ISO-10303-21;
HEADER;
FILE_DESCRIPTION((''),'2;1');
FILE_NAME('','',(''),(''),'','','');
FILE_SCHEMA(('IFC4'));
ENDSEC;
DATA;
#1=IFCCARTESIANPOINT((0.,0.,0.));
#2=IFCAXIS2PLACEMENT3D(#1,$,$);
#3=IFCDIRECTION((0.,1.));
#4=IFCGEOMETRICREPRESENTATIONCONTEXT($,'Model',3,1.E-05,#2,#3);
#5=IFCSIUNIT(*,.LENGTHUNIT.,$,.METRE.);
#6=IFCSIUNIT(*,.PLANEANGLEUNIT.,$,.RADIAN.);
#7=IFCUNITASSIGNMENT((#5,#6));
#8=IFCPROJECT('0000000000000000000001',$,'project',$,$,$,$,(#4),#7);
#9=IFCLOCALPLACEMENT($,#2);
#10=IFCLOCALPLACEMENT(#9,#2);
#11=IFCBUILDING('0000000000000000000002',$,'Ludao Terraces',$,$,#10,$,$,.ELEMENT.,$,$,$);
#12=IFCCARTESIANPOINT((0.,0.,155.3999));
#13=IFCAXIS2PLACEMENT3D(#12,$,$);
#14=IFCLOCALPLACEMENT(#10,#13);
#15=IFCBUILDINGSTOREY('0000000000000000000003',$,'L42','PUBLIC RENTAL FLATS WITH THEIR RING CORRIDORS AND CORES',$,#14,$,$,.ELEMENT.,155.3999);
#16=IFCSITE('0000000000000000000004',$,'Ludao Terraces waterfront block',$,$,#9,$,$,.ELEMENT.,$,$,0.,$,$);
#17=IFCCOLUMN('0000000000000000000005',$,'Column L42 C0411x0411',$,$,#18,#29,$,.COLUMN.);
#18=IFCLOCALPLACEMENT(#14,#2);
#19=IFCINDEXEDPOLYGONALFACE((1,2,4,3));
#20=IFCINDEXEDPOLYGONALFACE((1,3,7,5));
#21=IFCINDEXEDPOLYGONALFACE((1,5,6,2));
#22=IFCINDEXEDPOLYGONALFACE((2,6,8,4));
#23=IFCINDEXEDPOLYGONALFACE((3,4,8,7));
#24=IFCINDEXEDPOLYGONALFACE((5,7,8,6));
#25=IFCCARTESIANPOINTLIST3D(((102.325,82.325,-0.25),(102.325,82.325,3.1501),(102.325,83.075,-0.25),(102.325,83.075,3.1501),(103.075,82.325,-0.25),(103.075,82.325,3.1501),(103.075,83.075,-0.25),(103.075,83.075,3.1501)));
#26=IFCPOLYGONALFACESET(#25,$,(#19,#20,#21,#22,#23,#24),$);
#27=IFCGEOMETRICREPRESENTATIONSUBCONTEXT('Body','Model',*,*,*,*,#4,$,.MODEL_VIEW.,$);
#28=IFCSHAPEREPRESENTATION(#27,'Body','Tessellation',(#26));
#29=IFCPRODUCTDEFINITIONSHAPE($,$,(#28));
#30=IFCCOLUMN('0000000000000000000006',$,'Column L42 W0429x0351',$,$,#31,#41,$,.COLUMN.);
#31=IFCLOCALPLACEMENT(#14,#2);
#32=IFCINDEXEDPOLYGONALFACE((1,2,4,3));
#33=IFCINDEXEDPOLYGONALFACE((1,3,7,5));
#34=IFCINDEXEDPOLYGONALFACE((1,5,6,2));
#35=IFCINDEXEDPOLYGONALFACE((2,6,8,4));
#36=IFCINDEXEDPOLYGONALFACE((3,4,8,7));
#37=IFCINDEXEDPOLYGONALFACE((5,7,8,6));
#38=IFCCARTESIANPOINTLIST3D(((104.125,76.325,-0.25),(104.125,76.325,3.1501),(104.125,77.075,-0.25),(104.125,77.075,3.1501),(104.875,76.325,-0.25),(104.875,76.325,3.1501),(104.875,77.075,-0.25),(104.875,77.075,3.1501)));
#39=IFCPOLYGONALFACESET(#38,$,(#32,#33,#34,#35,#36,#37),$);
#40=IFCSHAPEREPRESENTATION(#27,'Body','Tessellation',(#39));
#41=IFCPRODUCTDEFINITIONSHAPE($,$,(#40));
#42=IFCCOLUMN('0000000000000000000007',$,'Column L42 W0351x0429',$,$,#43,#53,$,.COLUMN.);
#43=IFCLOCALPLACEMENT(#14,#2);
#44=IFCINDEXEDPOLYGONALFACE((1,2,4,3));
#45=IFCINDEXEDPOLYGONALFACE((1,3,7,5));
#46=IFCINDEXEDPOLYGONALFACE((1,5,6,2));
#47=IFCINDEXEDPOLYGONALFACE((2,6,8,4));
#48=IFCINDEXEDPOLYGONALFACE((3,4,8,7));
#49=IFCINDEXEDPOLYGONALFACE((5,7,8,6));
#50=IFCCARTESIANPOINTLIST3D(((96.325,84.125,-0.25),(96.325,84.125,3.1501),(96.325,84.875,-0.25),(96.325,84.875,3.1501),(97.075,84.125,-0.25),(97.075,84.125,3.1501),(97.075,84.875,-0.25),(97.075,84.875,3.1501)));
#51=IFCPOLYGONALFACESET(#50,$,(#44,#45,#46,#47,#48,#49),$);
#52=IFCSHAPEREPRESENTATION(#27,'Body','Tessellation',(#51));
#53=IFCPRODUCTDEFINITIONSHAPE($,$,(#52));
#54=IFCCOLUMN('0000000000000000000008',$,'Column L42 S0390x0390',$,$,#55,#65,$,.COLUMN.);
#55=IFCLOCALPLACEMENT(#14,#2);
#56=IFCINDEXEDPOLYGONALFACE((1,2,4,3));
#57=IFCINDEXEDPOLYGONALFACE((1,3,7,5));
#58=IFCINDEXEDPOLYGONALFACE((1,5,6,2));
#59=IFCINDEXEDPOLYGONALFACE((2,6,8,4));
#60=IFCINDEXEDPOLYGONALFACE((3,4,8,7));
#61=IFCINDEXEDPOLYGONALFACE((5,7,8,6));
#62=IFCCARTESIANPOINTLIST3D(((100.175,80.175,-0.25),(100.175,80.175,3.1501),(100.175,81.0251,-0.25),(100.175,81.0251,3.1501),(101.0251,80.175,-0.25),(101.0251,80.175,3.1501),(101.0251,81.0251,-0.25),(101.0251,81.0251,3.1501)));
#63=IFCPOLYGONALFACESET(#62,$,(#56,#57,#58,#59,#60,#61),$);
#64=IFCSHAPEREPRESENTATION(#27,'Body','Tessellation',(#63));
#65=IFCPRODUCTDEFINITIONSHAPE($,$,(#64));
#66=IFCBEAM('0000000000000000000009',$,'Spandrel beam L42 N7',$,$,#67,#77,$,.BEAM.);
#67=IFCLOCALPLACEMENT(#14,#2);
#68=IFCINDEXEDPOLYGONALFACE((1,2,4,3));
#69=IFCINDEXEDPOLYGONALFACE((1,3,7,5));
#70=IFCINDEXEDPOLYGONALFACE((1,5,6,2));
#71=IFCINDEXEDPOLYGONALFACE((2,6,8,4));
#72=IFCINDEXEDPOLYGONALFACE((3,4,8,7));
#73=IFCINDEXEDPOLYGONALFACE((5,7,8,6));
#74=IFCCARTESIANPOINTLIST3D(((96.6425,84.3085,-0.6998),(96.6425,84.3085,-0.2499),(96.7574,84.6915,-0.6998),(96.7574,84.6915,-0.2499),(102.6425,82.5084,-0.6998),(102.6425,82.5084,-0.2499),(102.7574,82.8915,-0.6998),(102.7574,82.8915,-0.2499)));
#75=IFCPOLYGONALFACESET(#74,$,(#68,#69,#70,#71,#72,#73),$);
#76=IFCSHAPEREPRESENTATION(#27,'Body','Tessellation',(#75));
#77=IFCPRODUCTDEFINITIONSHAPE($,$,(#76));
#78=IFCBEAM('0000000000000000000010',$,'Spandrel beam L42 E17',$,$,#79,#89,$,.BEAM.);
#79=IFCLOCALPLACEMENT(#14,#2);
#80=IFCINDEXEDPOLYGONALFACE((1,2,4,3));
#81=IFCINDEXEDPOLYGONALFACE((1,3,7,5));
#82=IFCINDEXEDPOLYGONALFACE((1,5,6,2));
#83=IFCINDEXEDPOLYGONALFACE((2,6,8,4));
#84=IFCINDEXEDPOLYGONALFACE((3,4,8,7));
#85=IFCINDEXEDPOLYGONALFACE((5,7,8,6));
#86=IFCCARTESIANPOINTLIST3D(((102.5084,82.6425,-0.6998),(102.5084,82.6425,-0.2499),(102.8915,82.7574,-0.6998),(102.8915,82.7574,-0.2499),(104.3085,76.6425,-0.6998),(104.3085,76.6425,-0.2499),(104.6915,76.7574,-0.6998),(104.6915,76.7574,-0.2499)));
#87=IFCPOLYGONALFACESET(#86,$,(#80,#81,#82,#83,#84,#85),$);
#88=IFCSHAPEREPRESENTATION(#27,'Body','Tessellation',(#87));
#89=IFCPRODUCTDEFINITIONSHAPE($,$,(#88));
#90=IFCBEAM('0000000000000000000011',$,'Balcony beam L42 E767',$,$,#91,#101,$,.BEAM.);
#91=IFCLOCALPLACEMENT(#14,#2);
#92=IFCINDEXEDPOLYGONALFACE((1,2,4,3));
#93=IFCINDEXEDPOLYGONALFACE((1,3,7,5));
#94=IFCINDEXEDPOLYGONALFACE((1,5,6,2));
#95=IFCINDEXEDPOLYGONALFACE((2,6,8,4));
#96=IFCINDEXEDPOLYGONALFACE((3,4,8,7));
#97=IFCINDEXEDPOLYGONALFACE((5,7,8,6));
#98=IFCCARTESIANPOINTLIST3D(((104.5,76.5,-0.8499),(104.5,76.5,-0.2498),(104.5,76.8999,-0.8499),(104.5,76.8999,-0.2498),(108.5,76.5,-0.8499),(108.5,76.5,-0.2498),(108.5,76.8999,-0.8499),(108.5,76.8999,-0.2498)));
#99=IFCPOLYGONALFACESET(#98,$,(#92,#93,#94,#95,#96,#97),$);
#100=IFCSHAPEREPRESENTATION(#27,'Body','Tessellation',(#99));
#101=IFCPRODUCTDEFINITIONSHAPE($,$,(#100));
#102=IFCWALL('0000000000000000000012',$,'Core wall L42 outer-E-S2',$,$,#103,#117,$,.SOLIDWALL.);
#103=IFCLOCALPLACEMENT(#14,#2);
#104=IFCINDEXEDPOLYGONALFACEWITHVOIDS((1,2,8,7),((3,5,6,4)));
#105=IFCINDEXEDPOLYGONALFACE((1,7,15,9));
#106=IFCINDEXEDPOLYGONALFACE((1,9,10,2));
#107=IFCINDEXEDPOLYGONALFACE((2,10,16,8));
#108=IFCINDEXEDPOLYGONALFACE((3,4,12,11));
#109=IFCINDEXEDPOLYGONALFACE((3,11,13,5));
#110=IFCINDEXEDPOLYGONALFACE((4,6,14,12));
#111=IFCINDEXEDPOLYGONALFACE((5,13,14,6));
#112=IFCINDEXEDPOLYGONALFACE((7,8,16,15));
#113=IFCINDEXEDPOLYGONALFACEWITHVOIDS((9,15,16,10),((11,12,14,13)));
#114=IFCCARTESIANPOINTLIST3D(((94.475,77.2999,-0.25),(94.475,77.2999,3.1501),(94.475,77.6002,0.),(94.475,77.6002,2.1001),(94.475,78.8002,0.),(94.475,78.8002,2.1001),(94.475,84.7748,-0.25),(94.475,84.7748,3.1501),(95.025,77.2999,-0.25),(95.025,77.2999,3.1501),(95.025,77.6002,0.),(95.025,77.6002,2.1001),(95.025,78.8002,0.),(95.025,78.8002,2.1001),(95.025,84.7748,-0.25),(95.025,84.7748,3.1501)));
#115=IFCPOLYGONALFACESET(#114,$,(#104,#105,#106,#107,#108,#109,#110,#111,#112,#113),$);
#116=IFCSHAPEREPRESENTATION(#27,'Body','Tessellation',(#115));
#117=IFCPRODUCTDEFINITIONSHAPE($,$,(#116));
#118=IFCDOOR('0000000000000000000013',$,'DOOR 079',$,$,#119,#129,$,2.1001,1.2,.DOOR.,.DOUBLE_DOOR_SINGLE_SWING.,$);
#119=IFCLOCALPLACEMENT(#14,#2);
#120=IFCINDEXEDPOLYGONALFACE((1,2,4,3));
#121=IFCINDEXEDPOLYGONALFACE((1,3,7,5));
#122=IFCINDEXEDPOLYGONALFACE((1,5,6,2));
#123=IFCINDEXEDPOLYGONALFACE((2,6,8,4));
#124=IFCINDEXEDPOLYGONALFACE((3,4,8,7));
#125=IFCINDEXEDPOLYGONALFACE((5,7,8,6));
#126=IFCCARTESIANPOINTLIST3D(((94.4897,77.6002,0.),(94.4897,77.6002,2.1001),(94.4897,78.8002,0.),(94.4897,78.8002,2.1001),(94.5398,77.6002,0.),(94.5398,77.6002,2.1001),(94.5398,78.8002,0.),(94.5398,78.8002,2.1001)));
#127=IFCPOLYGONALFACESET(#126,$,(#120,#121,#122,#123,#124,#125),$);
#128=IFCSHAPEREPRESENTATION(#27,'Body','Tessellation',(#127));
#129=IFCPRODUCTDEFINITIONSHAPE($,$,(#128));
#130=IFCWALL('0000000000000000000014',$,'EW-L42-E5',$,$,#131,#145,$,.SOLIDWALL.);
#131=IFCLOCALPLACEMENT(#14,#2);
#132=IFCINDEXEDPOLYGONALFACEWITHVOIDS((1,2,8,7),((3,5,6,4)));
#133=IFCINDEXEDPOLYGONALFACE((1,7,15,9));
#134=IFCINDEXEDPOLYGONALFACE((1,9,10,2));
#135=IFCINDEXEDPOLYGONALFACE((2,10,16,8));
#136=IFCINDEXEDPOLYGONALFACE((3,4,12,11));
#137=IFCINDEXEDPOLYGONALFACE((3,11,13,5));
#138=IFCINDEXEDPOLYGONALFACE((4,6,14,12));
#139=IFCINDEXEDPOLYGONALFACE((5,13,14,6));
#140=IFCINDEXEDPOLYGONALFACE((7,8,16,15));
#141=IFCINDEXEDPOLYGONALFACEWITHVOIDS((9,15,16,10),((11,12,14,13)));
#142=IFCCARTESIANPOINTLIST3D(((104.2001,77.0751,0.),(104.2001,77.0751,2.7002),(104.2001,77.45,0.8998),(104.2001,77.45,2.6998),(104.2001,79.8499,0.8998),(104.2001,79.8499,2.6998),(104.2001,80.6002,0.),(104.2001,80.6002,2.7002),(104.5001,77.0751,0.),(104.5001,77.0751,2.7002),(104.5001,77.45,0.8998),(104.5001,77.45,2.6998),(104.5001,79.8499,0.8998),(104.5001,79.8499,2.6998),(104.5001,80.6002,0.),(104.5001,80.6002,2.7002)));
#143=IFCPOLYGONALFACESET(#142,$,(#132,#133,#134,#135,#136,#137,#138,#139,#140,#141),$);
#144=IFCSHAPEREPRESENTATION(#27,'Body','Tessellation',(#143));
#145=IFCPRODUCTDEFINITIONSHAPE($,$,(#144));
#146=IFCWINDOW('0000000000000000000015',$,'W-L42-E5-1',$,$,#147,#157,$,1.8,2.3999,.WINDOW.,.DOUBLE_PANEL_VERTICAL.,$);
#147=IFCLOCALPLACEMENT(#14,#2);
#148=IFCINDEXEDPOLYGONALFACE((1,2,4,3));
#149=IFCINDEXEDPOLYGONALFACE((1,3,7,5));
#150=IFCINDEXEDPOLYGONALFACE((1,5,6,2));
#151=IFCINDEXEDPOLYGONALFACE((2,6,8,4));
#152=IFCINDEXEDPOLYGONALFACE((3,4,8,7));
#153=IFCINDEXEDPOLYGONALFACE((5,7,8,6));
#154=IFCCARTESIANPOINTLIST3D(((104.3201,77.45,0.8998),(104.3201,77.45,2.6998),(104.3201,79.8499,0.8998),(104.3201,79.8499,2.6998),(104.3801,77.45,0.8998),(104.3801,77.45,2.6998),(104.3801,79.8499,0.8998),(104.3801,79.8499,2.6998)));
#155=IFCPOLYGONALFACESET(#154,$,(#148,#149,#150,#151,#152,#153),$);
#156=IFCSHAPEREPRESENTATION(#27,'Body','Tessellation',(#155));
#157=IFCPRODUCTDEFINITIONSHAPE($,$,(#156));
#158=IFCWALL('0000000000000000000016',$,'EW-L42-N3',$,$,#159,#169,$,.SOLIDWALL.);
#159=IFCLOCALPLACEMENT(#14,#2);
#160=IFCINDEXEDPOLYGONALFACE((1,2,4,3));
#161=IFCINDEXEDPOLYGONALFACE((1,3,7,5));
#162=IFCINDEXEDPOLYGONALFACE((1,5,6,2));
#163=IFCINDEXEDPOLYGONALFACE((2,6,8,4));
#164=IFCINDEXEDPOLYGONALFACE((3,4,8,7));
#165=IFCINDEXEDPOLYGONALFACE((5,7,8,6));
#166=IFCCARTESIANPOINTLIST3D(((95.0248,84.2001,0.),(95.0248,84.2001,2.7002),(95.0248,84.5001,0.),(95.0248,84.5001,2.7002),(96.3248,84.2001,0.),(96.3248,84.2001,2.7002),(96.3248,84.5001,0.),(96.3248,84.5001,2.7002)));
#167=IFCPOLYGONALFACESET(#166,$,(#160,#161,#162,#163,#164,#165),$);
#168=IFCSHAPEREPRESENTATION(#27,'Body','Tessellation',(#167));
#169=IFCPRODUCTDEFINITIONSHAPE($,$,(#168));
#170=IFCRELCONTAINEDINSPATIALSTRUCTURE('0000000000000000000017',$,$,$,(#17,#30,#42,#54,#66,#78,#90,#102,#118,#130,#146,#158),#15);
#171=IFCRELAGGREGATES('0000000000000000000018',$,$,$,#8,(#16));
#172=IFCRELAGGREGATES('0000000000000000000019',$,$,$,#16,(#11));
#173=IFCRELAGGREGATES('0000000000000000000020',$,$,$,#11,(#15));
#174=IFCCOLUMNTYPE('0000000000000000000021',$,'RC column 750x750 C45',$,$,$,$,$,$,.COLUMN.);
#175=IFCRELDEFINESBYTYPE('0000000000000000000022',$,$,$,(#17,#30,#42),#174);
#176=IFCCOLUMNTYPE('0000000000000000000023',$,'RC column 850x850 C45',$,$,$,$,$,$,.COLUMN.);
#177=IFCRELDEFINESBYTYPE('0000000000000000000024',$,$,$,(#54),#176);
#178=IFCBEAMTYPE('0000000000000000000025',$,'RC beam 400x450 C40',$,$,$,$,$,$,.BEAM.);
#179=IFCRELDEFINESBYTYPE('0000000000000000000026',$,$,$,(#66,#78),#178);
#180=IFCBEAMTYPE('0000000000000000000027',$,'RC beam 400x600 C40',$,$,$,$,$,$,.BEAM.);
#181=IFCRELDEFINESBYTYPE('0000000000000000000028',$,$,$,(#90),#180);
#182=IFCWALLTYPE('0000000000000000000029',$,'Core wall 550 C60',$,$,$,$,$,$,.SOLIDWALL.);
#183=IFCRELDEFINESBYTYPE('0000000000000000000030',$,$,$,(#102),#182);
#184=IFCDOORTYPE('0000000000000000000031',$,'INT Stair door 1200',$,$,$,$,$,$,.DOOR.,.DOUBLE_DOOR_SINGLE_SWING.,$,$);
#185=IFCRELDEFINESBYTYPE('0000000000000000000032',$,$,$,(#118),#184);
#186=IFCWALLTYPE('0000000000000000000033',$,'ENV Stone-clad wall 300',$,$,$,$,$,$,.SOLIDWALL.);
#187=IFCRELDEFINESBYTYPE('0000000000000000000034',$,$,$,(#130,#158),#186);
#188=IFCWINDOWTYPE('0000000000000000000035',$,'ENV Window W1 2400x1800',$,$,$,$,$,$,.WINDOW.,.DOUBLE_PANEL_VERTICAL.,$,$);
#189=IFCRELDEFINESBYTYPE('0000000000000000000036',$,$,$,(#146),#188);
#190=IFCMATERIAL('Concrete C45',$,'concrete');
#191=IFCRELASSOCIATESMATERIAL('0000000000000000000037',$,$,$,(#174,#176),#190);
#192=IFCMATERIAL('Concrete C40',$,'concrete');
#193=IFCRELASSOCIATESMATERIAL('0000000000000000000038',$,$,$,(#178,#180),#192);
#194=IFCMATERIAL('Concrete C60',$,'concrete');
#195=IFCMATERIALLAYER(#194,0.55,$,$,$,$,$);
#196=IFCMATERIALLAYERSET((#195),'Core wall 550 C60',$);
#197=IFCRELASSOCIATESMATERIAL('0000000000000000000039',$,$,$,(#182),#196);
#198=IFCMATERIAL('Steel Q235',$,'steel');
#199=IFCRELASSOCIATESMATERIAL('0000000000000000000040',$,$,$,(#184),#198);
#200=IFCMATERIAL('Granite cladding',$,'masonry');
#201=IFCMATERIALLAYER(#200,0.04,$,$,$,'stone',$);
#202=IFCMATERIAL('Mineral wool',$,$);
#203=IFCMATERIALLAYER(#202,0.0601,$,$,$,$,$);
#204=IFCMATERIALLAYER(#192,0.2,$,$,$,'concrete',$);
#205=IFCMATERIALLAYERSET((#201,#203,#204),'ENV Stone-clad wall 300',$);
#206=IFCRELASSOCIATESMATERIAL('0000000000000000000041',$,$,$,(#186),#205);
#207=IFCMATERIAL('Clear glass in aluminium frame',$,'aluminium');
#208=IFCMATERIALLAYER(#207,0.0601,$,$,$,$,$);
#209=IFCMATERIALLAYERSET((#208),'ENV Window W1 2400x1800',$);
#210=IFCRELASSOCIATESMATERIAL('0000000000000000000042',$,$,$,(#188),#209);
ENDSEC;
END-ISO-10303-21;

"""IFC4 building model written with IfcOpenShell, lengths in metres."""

from ifc_helpers import new_model, si_unit, direction, frame, frame_2d, origin, origin_2d, place, context, subcontext, project, spatial, rectangle, extrude, material, layer, layer_set, material_profile, profile_set, type_object, element, fill, save


model = new_model("IFC4")

# Units and contexts
model_context = context("Model", 3, precision=1e-05, world=origin(), true_north=direction((0.0, 1.0)))
body_context = subcontext(model_context, "Body", "Model", "MODEL_VIEW")
ifc_project = project(units=[si_unit("LENGTHUNIT", "METRE"), si_unit("PLANEANGLEUNIT", "RADIAN")], contexts=[model_context])

# Site, building, storey
site_placement = place(None, origin())
site = spatial("IfcSite", under=ifc_project, at=site_placement, Name="Ludao Terraces waterfront block", CompositionType="ELEMENT", RefElevation=0.0)
building_placement = place(site_placement, origin())
building = spatial("IfcBuilding", under=site, at=building_placement, Name="Ludao Terraces", CompositionType="ELEMENT")
storey_placement = place(building_placement, frame((0.0, 0.0, 155.3999)))
storey = spatial("IfcBuildingStorey", under=building, at=storey_placement, Name="L42", Description="PUBLIC RENTAL FLATS WITH THEIR RING CORRIDORS AND CORES", CompositionType="ELEMENT", Elevation=155.3999)

# Columns
ifc_material_1 = material(Name="Concrete C45", Category="concrete")
ifc_material_profile_1 = material_profile(ifc_material_1, rectangle(XDim=0.75, YDim=0.75, at=origin_2d()), Name="750 X 750")
ifc_profile_set_1 = profile_set([ifc_material_profile_1], Name="Concrete C45")
column_type_1 = type_object("IfcColumnType", Name="RC column 750x750 C45", PredefinedType="COLUMN", material=ifc_profile_set_1)
for number, where, z_axis, x_axis, name in (
    (1, (102.7, 82.7, -0.25), (0.0, 0.0, 1.0), (1.0, 0.0, 0.0), "Column L42 C0411x0411"),
    (2, (104.5, 76.7, -0.25), (0.0, 0.0, 1.0), (1.0, 0.0, 0.0), "Column L42 W0429x0351"),
    (3, (96.7, 84.5, -0.25), (0.0, 0.0, 1.0), (1.0, 0.0, 0.0), "Column L42 W0351x0429"),
):
    element("IfcColumn", number, at=place(storey_placement, frame(where, z_axis=z_axis, x_axis=x_axis)), inside=storey, type_object=column_type_1, Name=name, PredefinedType="COLUMN", context=body_context, shape_type="SweptSolid", body=[
        extrude(rectangle(XDim=0.75, YDim=0.75, at=origin_2d()), origin(), (0.0, 0.0, 1.0), 3.4001),
    ])
ifc_material_profile_2 = material_profile(ifc_material_1, rectangle(XDim=0.8501, YDim=0.8501, at=origin_2d()), Name="850 X 850")
ifc_profile_set_2 = profile_set([ifc_material_profile_2], Name="Concrete C45")
column_type_2 = type_object("IfcColumnType", Name="RC column 850x850 C45", PredefinedType="COLUMN", material=ifc_profile_set_2)
column_placement = place(storey_placement, frame((100.6001, 80.6001, -0.25), z_axis=(0.0, 0.0, 1.0), x_axis=(1.0, 0.0, 0.0)))
element("IfcColumn", 4, at=column_placement, inside=storey, type_object=column_type_2, Name="Column L42 S0390x0390", PredefinedType="COLUMN", context=body_context, shape_type="SweptSolid", body=[
    extrude(rectangle(XDim=0.8501, YDim=0.8501, at=origin_2d()), origin(), (0.0, 0.0, 1.0), 3.4001),
])

# Beams
ifc_material_2 = material(Name="Concrete C40", Category="concrete")
ifc_material_profile_3 = material_profile(ifc_material_2, rectangle(XDim=0.3999, YDim=0.45, at=origin_2d()), Name="400 X 450")
ifc_profile_set_3 = profile_set([ifc_material_profile_3], Name="Concrete C40")
beam_type_1 = type_object("IfcBeamType", Name="RC beam 400x450 C40", PredefinedType="BEAM", material=ifc_profile_set_3)
for number, where, z_axis, x_axis, name in (
    (5, (96.7, 84.5, -0.4749), (0.957824, -0.287355, 0.0), (0.287355, 0.957824, 0.0), "Spandrel beam L42 N7"),
    (6, (104.5, 76.7, -0.4749), (-0.287355, 0.957824, 0.0), (-0.957824, -0.287355, 0.0), "Spandrel beam L42 E17"),
):
    element("IfcBeam", number, at=place(storey_placement, frame(where, z_axis=z_axis, x_axis=x_axis)), inside=storey, type_object=beam_type_1, Name=name, PredefinedType="BEAM", context=body_context, shape_type="SweptSolid", body=[
        extrude(rectangle(XDim=0.3999, YDim=0.45, at=origin_2d()), origin(), (0.0, 0.0, 1.0), 6.2642),
    ])
ifc_material_profile_4 = material_profile(ifc_material_2, rectangle(XDim=0.3999, YDim=0.6001, at=origin_2d()), Name="400 X 600")
ifc_profile_set_4 = profile_set([ifc_material_profile_4], Name="Concrete C40")
beam_type_2 = type_object("IfcBeamType", Name="RC beam 400x600 C40", PredefinedType="BEAM", material=ifc_profile_set_4)
beam_placement = place(storey_placement, frame((104.5, 76.7, -0.5498), z_axis=(1.0, 0.0, 0.0), x_axis=(0.0, 1.0, 0.0)))
element("IfcBeam", 7, at=beam_placement, inside=storey, type_object=beam_type_2, Name="Balcony beam L42 E767", PredefinedType="BEAM", context=body_context, shape_type="SweptSolid", body=[
    extrude(rectangle(XDim=0.3999, YDim=0.6001, at=origin_2d()), origin(), (0.0, 0.0, 1.0), 4.0),
])

# Wall, opening, door
ifc_material_3 = material(Name="Concrete C60", Category="concrete")
ifc_layer_1 = layer(ifc_material_3, 0.55)
ifc_layer_set_1 = layer_set([ifc_layer_1], Name="Core wall 550 C60")
wall_type_1 = type_object("IfcWallType", Name="Core wall 550 C60", PredefinedType="SOLIDWALL", material=ifc_layer_set_1)
wall_1_placement = place(storey_placement, frame((94.75, 77.3, -0.25), z_axis=(0.0, 0.0, 1.0), x_axis=(0.0, 1.0, 0.0)))
wall_1 = element("IfcWall", 8, at=wall_1_placement, inside=storey, type_object=wall_type_1, Name="Core wall L42 outer-E-S2", PredefinedType="SOLIDWALL", context=body_context, shape_type="SweptSolid", body=[
    extrude(rectangle(XDim=7.4749, YDim=0.55, at=frame_2d((3.7373, 0.0))), origin(), (0.0, 0.0, 1.0), 3.4001),
])
opening_1_placement = place(wall_1_placement, frame((0.3, 0.0, 0.25)))
opening_1 = element("IfcOpeningElement", 9, at=opening_1_placement, cuts=wall_1, PredefinedType="OPENING", context=body_context, shape_type="SweptSolid", body=[
    extrude(rectangle(XDim=1.2, YDim=2.1001, at=frame_2d((0.6001, 1.05))), frame((0.0, 0.2852, 0.0), z_axis=(0.0, -1.0, 0.0), x_axis=(1.0, 0.0, 0.0)), (0.0, 0.0, 1.0), 0.5701),
])
ifc_material_4 = material(Name="Steel Q235", Category="steel")
door_type_1 = type_object("IfcDoorType", Name="INT Stair door 1200", OperationType="DOUBLE_DOOR_SINGLE_SWING", PredefinedType="DOOR", material=ifc_material_4)
door_1_placement = place(opening_1_placement, origin())
door_1 = element("IfcDoor", 10, at=door_1_placement, inside=storey, type_object=door_type_1, Name="DOOR 079", OperationType="DOUBLE_DOOR_SINGLE_SWING", OverallHeight=2.1001, OverallWidth=1.2, PredefinedType="DOOR", context=body_context, shape_type="SweptSolid", body=[
    extrude(rectangle(XDim=1.2, YDim=2.1001, at=frame_2d((0.6001, 1.05))), frame((0.0, 0.2603, 0.0), z_axis=(0.0, -1.0, 0.0), x_axis=(1.0, 0.0, 0.0)), (0.0, 0.0, 1.0), 0.05),
])
fill(opening_1, door_1)

# Wall, opening, window
ifc_material_5 = material(Name="Granite cladding", Category="masonry")
ifc_layer_2 = layer(ifc_material_5, 0.04, Category="stone")
ifc_material_6 = material(Name="Mineral wool")
ifc_layer_3 = layer(ifc_material_6, 0.0601)
ifc_layer_4 = layer(ifc_material_2, 0.2, Category="concrete")
ifc_layer_set_2 = layer_set([ifc_layer_2, ifc_layer_3, ifc_layer_4], Name="ENV Stone-clad wall 300")
wall_type_2 = type_object("IfcWallType", Name="ENV Stone-clad wall 300", PredefinedType="SOLIDWALL", material=ifc_layer_set_2)
wall_2_placement = place(storey_placement, frame((104.3501, 77.075, 0.0), z_axis=(0.0, 0.0, 1.0), x_axis=(0.0, 1.0, 0.0)))
wall_2 = element("IfcWall", 11, at=wall_2_placement, inside=storey, type_object=wall_type_2, Name="EW-L42-E5", PredefinedType="SOLIDWALL", context=body_context, shape_type="SweptSolid", body=[
    extrude(rectangle(XDim=3.5251, YDim=0.3, at=frame_2d((1.7627, 0.0))), origin(), (0.0, 0.0, 1.0), 2.7002),
])
opening_2_placement = place(wall_2_placement, frame((0.375, 0.0, 0.8999)))
opening_2 = element("IfcOpeningElement", 12, at=opening_2_placement, cuts=wall_2, PredefinedType="OPENING", context=body_context, shape_type="SweptSolid", body=[
    extrude(rectangle(XDim=2.3999, YDim=1.8, at=frame_2d((1.2, 0.8999))), frame((0.0, 0.1602, 0.0), z_axis=(0.0, -1.0, 0.0), x_axis=(1.0, 0.0, 0.0)), (0.0, 0.0, 1.0), 0.3201),
])
ifc_material_7 = material(Name="Clear glass in aluminium frame", Category="aluminium")
ifc_layer_5 = layer(ifc_material_7, 0.0601)
ifc_layer_set_3 = layer_set([ifc_layer_5], Name="ENV Window W1 2400x1800")
window_type_1 = type_object("IfcWindowType", Name="ENV Window W1 2400x1800", PartitioningType="DOUBLE_PANEL_VERTICAL", PredefinedType="WINDOW", material=ifc_layer_set_3)
window_1_placement = place(opening_2_placement, origin())
window_1 = element("IfcWindow", 13, at=window_1_placement, inside=storey, type_object=window_type_1, Name="W-L42-E5-1", OverallHeight=1.8, OverallWidth=2.3999, PartitioningType="DOUBLE_PANEL_VERTICAL", PredefinedType="WINDOW", context=body_context, shape_type="SweptSolid", body=[
    extrude(rectangle(XDim=2.3999, YDim=1.8, at=frame_2d((1.2, 0.8999))), frame((0.0, 0.03, 0.0), z_axis=(0.0, -1.0, 0.0), x_axis=(1.0, 0.0, 0.0)), (0.0, 0.0, 1.0), 0.0601),
])
fill(opening_2, window_1)

# Wall
wall_3_placement = place(storey_placement, frame((95.0249, 84.3501, 0.0), z_axis=(0.0, 0.0, 1.0), x_axis=(1.0, 0.0, 0.0)))
element("IfcWall", 14, at=wall_3_placement, inside=storey, type_object=wall_type_2, Name="EW-L42-N3", PredefinedType="SOLIDWALL", context=body_context, shape_type="SweptSolid", body=[
    extrude(rectangle(XDim=1.3, YDim=0.3, at=frame_2d((0.6499, 0.0))), origin(), (0.0, 0.0, 1.0), 2.7002),
])

save(model, "model.ifc")
